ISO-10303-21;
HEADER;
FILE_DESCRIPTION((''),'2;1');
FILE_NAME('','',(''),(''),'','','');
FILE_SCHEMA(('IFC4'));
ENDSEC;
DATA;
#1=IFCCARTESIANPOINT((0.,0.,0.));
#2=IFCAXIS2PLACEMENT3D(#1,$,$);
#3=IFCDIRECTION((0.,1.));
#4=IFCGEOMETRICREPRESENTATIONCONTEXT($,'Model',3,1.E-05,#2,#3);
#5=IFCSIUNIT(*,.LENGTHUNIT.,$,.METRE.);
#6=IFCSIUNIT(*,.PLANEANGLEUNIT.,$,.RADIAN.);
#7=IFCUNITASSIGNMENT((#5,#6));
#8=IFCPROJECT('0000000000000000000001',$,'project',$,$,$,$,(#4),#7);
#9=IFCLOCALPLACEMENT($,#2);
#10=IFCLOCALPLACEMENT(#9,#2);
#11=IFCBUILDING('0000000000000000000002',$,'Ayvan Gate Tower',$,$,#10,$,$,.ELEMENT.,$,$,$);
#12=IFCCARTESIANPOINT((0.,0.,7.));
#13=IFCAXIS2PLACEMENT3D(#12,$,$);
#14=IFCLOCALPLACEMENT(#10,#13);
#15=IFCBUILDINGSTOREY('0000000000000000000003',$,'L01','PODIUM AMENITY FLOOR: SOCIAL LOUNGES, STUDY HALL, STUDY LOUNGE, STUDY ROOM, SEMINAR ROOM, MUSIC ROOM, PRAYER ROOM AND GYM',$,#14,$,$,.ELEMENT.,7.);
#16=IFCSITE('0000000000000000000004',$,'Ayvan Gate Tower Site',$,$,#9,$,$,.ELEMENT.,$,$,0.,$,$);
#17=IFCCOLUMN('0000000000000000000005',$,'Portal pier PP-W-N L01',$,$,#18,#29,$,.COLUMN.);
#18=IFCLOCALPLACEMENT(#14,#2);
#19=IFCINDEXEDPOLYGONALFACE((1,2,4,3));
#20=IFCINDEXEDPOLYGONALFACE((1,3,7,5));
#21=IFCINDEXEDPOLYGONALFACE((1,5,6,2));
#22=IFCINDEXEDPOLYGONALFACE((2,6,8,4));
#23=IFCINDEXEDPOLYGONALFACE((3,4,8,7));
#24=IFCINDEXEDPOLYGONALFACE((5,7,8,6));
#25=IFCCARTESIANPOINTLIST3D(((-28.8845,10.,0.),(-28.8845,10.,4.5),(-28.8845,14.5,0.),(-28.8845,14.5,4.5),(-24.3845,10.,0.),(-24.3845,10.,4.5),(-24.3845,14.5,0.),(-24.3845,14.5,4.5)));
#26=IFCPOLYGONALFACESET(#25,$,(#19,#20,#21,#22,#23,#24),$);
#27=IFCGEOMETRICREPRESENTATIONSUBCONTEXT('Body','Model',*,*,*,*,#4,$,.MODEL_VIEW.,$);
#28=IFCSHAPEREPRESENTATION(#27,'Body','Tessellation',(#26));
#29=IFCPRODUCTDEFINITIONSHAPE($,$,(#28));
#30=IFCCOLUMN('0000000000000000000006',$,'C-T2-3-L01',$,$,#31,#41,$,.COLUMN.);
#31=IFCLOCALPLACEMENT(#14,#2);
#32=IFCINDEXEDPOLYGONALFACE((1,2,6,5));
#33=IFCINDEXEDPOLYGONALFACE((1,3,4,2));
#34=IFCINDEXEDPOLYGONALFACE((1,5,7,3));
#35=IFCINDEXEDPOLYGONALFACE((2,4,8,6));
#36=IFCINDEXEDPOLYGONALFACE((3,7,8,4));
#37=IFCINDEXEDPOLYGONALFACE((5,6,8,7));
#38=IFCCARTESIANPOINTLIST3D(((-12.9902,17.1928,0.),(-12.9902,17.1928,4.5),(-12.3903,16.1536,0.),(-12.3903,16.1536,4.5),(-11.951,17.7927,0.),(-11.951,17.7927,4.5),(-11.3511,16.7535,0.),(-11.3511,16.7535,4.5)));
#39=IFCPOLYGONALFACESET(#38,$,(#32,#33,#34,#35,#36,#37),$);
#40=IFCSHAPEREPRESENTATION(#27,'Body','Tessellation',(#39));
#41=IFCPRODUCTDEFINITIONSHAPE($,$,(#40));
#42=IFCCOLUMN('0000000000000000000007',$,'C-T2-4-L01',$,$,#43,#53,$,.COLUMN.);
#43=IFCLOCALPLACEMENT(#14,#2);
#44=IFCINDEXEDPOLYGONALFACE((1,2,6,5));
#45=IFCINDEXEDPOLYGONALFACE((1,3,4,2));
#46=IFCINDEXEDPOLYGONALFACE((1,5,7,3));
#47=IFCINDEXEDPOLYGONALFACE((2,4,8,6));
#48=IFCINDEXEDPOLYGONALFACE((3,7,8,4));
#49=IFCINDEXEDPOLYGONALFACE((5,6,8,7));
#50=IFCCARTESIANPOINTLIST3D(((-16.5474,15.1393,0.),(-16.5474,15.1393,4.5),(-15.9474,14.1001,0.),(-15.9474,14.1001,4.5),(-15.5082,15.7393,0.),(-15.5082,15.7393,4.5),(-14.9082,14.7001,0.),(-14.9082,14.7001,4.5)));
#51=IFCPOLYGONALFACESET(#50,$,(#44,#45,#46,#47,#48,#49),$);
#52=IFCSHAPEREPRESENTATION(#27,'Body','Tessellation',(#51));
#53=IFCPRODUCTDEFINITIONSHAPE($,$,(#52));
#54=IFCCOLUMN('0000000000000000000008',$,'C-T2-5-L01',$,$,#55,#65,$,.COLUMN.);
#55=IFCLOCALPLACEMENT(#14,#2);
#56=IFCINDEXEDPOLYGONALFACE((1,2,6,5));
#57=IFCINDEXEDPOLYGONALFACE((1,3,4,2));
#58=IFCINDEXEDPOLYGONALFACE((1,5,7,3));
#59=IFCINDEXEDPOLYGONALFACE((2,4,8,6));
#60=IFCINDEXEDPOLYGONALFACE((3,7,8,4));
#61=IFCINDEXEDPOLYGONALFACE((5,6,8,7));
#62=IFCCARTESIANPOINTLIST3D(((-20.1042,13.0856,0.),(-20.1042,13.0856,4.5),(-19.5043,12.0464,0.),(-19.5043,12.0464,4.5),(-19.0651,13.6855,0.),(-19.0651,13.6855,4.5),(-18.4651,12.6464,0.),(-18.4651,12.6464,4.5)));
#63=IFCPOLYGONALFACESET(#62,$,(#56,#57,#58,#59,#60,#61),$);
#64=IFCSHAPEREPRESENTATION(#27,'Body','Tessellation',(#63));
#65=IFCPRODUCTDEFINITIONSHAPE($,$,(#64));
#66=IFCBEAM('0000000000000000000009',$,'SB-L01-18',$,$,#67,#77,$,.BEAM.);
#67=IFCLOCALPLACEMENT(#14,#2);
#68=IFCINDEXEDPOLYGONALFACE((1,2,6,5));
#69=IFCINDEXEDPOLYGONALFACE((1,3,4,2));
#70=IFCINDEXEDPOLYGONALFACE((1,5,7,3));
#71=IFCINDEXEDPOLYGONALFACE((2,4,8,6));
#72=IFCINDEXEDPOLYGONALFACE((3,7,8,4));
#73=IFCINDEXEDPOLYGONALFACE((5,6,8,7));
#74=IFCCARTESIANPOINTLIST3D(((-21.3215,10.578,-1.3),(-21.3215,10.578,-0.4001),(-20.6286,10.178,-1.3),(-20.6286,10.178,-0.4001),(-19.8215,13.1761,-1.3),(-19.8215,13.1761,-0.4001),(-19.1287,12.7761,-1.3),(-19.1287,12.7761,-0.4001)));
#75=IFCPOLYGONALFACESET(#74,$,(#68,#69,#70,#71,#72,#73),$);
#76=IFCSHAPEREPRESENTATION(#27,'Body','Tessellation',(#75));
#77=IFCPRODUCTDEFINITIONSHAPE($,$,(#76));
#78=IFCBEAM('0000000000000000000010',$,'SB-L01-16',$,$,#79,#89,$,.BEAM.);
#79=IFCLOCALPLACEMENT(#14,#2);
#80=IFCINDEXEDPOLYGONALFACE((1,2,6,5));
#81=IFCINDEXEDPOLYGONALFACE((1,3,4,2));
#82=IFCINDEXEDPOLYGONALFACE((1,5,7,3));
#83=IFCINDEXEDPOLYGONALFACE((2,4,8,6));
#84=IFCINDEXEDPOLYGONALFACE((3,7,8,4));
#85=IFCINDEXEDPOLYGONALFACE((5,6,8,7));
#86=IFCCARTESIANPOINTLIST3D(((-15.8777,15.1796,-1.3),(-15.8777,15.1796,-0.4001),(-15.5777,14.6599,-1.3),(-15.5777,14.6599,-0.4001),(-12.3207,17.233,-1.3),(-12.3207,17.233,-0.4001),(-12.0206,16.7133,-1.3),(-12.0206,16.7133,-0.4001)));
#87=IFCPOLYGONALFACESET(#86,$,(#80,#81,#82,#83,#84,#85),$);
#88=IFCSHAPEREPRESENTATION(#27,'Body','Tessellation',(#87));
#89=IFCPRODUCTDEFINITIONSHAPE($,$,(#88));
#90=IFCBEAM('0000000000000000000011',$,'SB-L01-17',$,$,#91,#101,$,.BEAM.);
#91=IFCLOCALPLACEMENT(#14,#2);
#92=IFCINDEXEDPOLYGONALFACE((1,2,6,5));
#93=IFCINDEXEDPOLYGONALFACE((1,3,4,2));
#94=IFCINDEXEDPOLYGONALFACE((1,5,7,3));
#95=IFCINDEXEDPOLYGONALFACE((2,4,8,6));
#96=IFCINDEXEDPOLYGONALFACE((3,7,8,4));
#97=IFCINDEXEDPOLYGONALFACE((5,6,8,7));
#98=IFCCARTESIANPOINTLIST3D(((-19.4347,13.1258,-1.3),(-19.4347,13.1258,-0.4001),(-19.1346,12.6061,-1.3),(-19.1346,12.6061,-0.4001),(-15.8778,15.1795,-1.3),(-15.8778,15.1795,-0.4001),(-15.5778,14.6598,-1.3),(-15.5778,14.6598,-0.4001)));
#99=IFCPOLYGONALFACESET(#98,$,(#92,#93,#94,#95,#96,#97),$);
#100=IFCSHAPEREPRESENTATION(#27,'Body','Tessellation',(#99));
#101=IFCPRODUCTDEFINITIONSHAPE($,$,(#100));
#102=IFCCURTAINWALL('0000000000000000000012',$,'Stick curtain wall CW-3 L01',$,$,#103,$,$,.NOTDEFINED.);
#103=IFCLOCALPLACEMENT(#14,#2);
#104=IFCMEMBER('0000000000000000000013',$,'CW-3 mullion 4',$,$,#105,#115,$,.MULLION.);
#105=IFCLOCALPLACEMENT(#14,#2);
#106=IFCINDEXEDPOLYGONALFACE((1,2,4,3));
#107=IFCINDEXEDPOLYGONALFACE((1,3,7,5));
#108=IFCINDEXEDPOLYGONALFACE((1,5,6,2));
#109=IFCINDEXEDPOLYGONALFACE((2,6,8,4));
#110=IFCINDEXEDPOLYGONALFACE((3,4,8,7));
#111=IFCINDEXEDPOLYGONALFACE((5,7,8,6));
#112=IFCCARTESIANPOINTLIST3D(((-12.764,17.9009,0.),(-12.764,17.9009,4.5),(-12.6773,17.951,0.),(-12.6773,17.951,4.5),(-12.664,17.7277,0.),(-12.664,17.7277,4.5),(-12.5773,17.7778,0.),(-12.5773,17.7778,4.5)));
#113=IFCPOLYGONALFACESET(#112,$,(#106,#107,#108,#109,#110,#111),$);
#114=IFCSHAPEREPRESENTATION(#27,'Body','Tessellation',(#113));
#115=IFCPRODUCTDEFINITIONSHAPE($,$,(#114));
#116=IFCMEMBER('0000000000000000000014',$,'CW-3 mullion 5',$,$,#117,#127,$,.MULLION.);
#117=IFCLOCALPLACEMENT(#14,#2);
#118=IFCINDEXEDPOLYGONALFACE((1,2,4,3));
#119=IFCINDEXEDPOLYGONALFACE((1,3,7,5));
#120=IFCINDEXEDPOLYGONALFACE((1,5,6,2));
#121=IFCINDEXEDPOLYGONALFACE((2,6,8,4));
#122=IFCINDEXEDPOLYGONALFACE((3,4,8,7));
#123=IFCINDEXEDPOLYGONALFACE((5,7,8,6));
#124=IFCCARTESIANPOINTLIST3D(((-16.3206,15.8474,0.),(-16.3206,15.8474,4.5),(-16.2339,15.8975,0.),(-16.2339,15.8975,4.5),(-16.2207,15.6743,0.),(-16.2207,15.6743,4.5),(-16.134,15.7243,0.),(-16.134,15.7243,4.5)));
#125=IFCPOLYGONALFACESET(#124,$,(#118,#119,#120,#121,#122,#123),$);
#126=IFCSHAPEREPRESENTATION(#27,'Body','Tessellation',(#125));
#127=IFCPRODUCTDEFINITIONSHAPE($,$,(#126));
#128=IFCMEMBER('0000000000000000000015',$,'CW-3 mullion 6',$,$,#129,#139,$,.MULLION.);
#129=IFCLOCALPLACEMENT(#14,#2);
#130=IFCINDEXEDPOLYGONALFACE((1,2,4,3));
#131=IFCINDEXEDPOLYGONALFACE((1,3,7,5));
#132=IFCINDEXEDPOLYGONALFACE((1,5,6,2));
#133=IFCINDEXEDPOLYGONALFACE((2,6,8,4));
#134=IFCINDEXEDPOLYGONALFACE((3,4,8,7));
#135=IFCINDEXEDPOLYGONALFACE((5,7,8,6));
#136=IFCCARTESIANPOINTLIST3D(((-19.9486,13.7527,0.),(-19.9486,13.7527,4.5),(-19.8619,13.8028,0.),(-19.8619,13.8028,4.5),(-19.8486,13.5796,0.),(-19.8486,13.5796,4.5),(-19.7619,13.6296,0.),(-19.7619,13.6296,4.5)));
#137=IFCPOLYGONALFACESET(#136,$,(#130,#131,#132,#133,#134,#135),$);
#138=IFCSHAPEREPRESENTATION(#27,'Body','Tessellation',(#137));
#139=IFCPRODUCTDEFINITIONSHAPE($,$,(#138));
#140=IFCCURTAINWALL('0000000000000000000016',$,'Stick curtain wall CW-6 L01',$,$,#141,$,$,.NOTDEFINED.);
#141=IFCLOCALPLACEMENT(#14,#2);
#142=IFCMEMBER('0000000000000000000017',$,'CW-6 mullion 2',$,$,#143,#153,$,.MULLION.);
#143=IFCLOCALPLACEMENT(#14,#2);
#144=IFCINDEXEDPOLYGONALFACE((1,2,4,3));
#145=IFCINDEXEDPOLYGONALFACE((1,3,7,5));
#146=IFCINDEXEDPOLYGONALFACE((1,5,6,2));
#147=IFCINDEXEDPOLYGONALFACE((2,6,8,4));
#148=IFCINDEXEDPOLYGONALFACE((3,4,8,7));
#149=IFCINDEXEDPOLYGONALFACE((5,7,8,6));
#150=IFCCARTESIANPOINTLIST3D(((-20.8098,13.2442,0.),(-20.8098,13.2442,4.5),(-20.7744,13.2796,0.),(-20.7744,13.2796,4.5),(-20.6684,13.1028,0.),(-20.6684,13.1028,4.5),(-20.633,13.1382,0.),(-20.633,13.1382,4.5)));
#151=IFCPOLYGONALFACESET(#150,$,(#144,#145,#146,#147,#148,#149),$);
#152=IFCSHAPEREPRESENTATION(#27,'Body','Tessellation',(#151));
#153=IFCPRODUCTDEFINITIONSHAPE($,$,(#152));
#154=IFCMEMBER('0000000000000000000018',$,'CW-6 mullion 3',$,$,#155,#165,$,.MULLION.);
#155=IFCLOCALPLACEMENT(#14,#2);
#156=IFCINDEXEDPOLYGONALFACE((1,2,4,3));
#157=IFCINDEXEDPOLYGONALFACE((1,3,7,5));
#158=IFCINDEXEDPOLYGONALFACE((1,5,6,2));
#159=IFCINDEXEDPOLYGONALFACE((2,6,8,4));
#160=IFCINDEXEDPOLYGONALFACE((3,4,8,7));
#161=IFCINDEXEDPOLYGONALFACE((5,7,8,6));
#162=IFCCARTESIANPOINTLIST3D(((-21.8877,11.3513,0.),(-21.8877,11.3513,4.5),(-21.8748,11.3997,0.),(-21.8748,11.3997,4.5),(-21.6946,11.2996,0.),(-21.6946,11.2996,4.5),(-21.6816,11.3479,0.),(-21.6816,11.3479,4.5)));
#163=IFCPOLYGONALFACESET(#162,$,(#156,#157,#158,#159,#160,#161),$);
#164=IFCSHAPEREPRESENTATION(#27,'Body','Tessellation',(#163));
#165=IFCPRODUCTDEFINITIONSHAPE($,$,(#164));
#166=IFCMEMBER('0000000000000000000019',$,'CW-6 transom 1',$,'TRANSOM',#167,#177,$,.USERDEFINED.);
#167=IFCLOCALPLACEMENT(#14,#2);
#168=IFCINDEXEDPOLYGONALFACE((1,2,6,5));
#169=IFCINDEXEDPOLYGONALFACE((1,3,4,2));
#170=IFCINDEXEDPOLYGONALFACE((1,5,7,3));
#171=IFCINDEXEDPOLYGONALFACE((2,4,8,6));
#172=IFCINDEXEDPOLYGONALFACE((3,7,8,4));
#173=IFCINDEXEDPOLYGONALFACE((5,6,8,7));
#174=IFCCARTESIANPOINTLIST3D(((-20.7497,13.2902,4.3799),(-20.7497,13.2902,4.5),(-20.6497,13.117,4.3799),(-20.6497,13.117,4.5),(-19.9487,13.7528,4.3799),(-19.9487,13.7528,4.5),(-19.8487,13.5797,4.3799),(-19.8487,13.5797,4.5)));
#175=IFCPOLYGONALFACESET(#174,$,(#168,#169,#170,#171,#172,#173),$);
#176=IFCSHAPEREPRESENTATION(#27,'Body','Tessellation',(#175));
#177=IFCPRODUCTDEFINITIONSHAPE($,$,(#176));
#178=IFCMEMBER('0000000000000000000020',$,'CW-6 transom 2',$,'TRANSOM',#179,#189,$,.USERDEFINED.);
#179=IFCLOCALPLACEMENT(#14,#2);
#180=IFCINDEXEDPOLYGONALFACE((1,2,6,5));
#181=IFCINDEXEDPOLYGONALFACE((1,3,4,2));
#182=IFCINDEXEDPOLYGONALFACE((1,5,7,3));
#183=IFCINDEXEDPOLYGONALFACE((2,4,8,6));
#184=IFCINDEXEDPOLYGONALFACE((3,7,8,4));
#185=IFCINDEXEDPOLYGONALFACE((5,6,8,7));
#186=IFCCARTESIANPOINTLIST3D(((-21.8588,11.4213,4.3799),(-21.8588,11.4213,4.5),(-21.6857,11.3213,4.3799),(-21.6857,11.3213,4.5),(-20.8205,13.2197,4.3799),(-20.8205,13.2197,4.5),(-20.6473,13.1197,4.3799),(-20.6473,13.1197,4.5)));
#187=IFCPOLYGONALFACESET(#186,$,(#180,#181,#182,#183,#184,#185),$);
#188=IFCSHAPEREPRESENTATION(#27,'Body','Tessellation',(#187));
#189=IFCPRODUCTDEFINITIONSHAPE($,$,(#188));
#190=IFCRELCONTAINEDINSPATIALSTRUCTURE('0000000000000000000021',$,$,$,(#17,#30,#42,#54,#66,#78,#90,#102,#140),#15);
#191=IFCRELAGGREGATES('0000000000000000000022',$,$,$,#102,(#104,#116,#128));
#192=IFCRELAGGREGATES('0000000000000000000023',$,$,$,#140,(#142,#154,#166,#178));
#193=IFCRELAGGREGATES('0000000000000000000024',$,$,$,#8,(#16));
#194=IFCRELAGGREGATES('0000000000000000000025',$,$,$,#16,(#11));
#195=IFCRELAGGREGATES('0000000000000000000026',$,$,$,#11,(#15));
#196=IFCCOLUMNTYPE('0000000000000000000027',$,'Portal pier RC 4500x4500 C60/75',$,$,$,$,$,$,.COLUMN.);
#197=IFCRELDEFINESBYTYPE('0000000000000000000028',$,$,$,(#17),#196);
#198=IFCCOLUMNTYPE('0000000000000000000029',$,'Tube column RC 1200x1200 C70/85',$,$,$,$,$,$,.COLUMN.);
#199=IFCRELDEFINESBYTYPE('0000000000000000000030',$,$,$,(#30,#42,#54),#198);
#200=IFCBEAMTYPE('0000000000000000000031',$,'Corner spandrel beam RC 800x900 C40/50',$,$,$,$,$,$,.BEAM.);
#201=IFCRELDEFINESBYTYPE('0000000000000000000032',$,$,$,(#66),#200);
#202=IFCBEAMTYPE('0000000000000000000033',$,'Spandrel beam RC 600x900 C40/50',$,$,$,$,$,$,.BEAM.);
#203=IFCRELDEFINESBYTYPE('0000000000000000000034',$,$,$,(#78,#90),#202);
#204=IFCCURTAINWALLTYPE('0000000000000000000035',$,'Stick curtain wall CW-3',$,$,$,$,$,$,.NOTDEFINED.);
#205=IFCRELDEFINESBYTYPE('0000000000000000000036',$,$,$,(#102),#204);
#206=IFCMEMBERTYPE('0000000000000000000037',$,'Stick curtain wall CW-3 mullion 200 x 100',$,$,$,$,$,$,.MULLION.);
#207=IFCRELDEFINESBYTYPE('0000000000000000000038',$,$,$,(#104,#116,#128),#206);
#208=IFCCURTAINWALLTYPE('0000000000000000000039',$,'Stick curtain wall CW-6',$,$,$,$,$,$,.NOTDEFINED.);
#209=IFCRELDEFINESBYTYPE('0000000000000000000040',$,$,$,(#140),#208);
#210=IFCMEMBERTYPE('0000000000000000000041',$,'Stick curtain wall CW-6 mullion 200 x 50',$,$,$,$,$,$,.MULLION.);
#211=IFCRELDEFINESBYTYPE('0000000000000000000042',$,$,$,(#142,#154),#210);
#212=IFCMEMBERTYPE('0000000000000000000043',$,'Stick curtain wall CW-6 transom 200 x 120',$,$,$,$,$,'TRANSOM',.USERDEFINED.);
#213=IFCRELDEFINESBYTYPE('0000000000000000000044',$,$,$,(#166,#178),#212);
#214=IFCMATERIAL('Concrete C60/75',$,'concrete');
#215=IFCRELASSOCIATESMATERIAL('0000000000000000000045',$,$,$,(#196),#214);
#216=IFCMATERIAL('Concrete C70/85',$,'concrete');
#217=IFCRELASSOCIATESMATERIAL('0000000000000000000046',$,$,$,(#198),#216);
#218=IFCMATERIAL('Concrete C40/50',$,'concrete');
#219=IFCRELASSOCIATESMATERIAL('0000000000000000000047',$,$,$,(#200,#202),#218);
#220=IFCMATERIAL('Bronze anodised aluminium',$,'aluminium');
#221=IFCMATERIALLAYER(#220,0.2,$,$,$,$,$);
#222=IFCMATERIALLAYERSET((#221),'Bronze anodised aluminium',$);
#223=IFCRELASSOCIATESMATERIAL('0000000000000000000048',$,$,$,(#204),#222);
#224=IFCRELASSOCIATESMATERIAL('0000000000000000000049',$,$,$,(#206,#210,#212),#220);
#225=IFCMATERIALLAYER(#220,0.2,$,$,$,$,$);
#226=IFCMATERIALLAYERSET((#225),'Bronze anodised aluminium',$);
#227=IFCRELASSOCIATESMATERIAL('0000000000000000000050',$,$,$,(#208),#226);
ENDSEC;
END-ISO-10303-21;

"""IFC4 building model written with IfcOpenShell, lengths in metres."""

from ifc_helpers import new_model, si_unit, direction, frame, origin, origin_2d, place, context, subcontext, project, spatial, rectangle, extrude, material, layer, layer_set, material_profile, profile_set, type_object, element, aggregate, save


model = new_model("IFC4")

# Units and contexts
model_context = context("Model", 3, precision=1e-05, world=origin(), true_north=direction((0.0, 1.0)))
body_context = subcontext(model_context, "Body", "Model", "MODEL_VIEW")
ifc_project = project(units=[si_unit("LENGTHUNIT", "METRE"), si_unit("PLANEANGLEUNIT", "RADIAN")], contexts=[model_context])

# Site, building, storey
site_placement = place(None, origin())
site = spatial("IfcSite", under=ifc_project, at=site_placement, Name="Ayvan Gate Tower Site", CompositionType="ELEMENT", RefElevation=0.0)
building_placement = place(site_placement, origin())
building = spatial("IfcBuilding", under=site, at=building_placement, Name="Ayvan Gate Tower", CompositionType="ELEMENT")
storey_placement = place(building_placement, frame((0.0, 0.0, 7.0)))
storey = spatial("IfcBuildingStorey", under=building, at=storey_placement, Name="L01", Description="PODIUM AMENITY FLOOR: SOCIAL LOUNGES, STUDY HALL, STUDY LOUNGE, STUDY ROOM, SEMINAR ROOM, MUSIC ROOM, PRAYER ROOM AND GYM", CompositionType="ELEMENT", Elevation=7.0)

# Columns
ifc_material_1 = material(Name="Concrete C60/75", Category="concrete")
ifc_material_profile_1 = material_profile(ifc_material_1, rectangle(XDim=4.5, YDim=4.5, at=origin_2d()), Name="RC 4500x4500")
ifc_profile_set_1 = profile_set([ifc_material_profile_1], Name="Concrete C60/75")
column_type_1 = type_object("IfcColumnType", Name="Portal pier RC 4500x4500 C60/75", PredefinedType="COLUMN", material=ifc_profile_set_1)
column_placement = place(storey_placement, frame((-26.6345, 12.25, 0.0), z_axis=(0.0, 0.0, 1.0), x_axis=(-1.0, 0.0, 0.0)))
element("IfcColumn", 1, at=column_placement, inside=storey, type_object=column_type_1, Name="Portal pier PP-W-N L01", PredefinedType="COLUMN", context=body_context, shape_type="SweptSolid", body=[
    extrude(rectangle(XDim=4.5, YDim=4.5, at=origin_2d()), origin(), (0.0, 0.0, 1.0), 4.5),
])
ifc_material_2 = material(Name="Concrete C70/85", Category="concrete")
ifc_material_profile_2 = material_profile(ifc_material_2, rectangle(XDim=1.2, YDim=1.2, at=origin_2d()), Name="RC 1200x1200")
ifc_profile_set_2 = profile_set([ifc_material_profile_2], Name="Concrete C70/85")
column_type_2 = type_object("IfcColumnType", Name="Tube column RC 1200x1200 C70/85", PredefinedType="COLUMN", material=ifc_profile_set_2)
for number, where, z_axis, x_axis, name in (
    (2, (-12.1707, 16.9731, 0.0), (0.0, 0.0, 1.0), (-0.5, 0.866025, 0.0), "C-T2-3-L01"),
    (3, (-15.7278, 14.9197, 0.0), (0.0, 0.0, 1.0), (-0.5, 0.866025, 0.0), "C-T2-4-L01"),
    (4, (-19.2847, 12.866, 0.0), (0.0, 0.0, 1.0), (-0.5, 0.866025, 0.0), "C-T2-5-L01"),
):
    element("IfcColumn", number, at=place(storey_placement, frame(where, z_axis=z_axis, x_axis=x_axis)), inside=storey, type_object=column_type_2, Name=name, PredefinedType="COLUMN", context=body_context, shape_type="SweptSolid", body=[
        extrude(rectangle(XDim=1.2, YDim=1.2, at=origin_2d()), origin(), (0.0, 0.0, 1.0), 4.5),
    ])

# Beams
ifc_material_3 = material(Name="Concrete C40/50", Category="concrete")
ifc_material_profile_3 = material_profile(ifc_material_3, rectangle(XDim=0.8, YDim=0.8999, at=origin_2d()), Name="RC 800x900")
ifc_profile_set_3 = profile_set([ifc_material_profile_3], Name="Concrete C40/50")
beam_type_1 = type_object("IfcBeamType", Name="Corner spandrel beam RC 800x900 C40/50", PredefinedType="BEAM", material=ifc_profile_set_3)
beam_placement = place(storey_placement, frame((-19.4751, 12.9761, -0.8501), z_axis=(-0.49999, -0.866031, 0.0), x_axis=(0.866031, -0.49999, 0.0)))
element("IfcBeam", 5, at=beam_placement, inside=storey, type_object=beam_type_1, Name="SB-L01-18", PredefinedType="BEAM", context=body_context, shape_type="SweptSolid", body=[
    extrude(rectangle(XDim=0.8, YDim=0.8999, at=origin_2d()), origin(), (0.0, 0.0, 1.0), 3.0),
])
ifc_material_profile_4 = material_profile(ifc_material_3, rectangle(XDim=0.6001, YDim=0.8999, at=origin_2d()), Name="RC 600x900")
ifc_profile_set_4 = profile_set([ifc_material_profile_4], Name="Concrete C40/50")
beam_type_2 = type_object("IfcBeamType", Name="Spandrel beam RC 600x900 C40/50", PredefinedType="BEAM", material=ifc_profile_set_4)
for number, where, z_axis, x_axis, name in (
    (6, (-12.1707, 16.9731, -0.8501), (-0.866051, -0.499956, 0.0), (0.499956, -0.866051, 0.0), "SB-L01-16"),
    (7, (-15.7278, 14.9197, -0.8501), (-0.86601, -0.500026, 0.0), (0.500026, -0.86601, 0.0), "SB-L01-17"),
):
    element("IfcBeam", number, at=place(storey_placement, frame(where, z_axis=z_axis, x_axis=x_axis)), inside=storey, type_object=beam_type_2, Name=name, PredefinedType="BEAM", context=body_context, shape_type="SweptSolid", body=[
        extrude(rectangle(XDim=0.6001, YDim=0.8999, at=origin_2d()), origin(), (0.0, 0.0, 1.0), 4.1072),
    ])

# Curtain walls, members
ifc_material_4 = material(Name="Bronze anodised aluminium", Category="aluminium")
ifc_layer_1 = layer(ifc_material_4, 0.2)
ifc_layer_set_1 = layer_set([ifc_layer_1], Name="Bronze anodised aluminium")
curtain_wall_type_1 = type_object("IfcCurtainWallType", Name="Stick curtain wall CW-3", PredefinedType="NOTDEFINED", material=ifc_layer_set_1)
curtain_wall_1_placement = place(storey_placement, origin())
curtain_wall_1 = element("IfcCurtainWall", 8, at=curtain_wall_1_placement, inside=storey, type_object=curtain_wall_type_1, Name="Stick curtain wall CW-3 L01", PredefinedType="NOTDEFINED")
ifc_material_profile_5 = material_profile(ifc_material_4, rectangle(XDim=0.2, YDim=0.1001, at=origin_2d()), Name="Stick curtain wall CW-3 mullion 200 x 100")
ifc_profile_set_5 = profile_set([ifc_material_profile_5], Name="Bronze anodised aluminium")
member_type_1 = type_object("IfcMemberType", Name="Stick curtain wall CW-3 mullion 200 x 100", PredefinedType="MULLION", material=ifc_profile_set_5)
member_1_placement = place(storey_placement, frame((-12.6707, 17.8394, 0.0), z_axis=(0.0, 0.0, 1.0), x_axis=(-0.5, 0.866025, 0.0)))
member_1 = element("IfcMember", 9, at=member_1_placement, type_object=member_type_1, Name="CW-3 mullion 4", PredefinedType="MULLION", context=body_context, shape_type="SweptSolid", body=[
    extrude(rectangle(XDim=0.2, YDim=0.1001, at=origin_2d()), origin(), (0.0, 0.0, 1.0), 4.5),
])
member_2_placement = place(storey_placement, frame((-16.2273, 15.7859, 0.0), z_axis=(0.0, 0.0, 1.0), x_axis=(-0.5, 0.866025, 0.0)))
member_2 = element("IfcMember", 10, at=member_2_placement, type_object=member_type_1, Name="CW-3 mullion 5", PredefinedType="MULLION", context=body_context, shape_type="SweptSolid", body=[
    extrude(rectangle(XDim=0.2, YDim=0.1001, at=origin_2d()), origin(), (0.0, 0.0, 1.0), 4.5),
])
member_3_placement = place(storey_placement, frame((-19.8552, 13.6912, 0.0), z_axis=(0.0, 0.0, 1.0), x_axis=(-0.5, 0.866025, 0.0)))
member_3 = element("IfcMember", 11, at=member_3_placement, type_object=member_type_1, Name="CW-3 mullion 6", PredefinedType="MULLION", context=body_context, shape_type="SweptSolid", body=[
    extrude(rectangle(XDim=0.2, YDim=0.1001, at=origin_2d()), origin(), (0.0, 0.0, 1.0), 4.5),
])
ifc_layer_2 = layer(ifc_material_4, 0.2)
ifc_layer_set_2 = layer_set([ifc_layer_2], Name="Bronze anodised aluminium")
curtain_wall_type_2 = type_object("IfcCurtainWallType", Name="Stick curtain wall CW-6", PredefinedType="NOTDEFINED", material=ifc_layer_set_2)
curtain_wall_2_placement = place(storey_placement, origin())
curtain_wall_2 = element("IfcCurtainWall", 12, at=curtain_wall_2_placement, inside=storey, type_object=curtain_wall_type_2, Name="Stick curtain wall CW-6 L01", PredefinedType="NOTDEFINED")
ifc_material_profile_6 = material_profile(ifc_material_4, rectangle(XDim=0.2, YDim=0.05, at=origin_2d()), Name="Stick curtain wall CW-6 mullion 200 x 50")
ifc_profile_set_6 = profile_set([ifc_material_profile_6], Name="Bronze anodised aluminium")
member_type_2 = type_object("IfcMemberType", Name="Stick curtain wall CW-6 mullion 200 x 50", PredefinedType="MULLION", material=ifc_profile_set_6)
member_4_placement = place(storey_placement, frame((-20.7214, 13.1912, 0.0), z_axis=(0.0, 0.0, 1.0), x_axis=(-0.707107, 0.707107, 0.0)))
member_4 = element("IfcMember", 13, at=member_4_placement, type_object=member_type_2, Name="CW-6 mullion 2", PredefinedType="MULLION", context=body_context, shape_type="SweptSolid", body=[
    extrude(rectangle(XDim=0.2, YDim=0.05, at=origin_2d()), origin(), (0.0, 0.0, 1.0), 4.5),
])
member_5_placement = place(storey_placement, frame((-21.7847, 11.3496, 0.0), z_axis=(0.0, 0.0, 1.0), x_axis=(-0.965926, 0.258819, 0.0)))
member_5 = element("IfcMember", 14, at=member_5_placement, type_object=member_type_2, Name="CW-6 mullion 3", PredefinedType="MULLION", context=body_context, shape_type="SweptSolid", body=[
    extrude(rectangle(XDim=0.2, YDim=0.05, at=origin_2d()), origin(), (0.0, 0.0, 1.0), 4.5),
])
ifc_material_profile_7 = material_profile(ifc_material_4, rectangle(XDim=0.2, YDim=0.1201, at=origin_2d()), Name="Stick curtain wall CW-6 transom 200 x 120")
ifc_profile_set_7 = profile_set([ifc_material_profile_7], Name="Bronze anodised aluminium")
member_type_3 = type_object("IfcMemberType", Name="Stick curtain wall CW-6 transom 200 x 120", ElementType="TRANSOM", PredefinedType="USERDEFINED", material=ifc_profile_set_7)
member_6_placement = place(storey_placement, frame((-19.8987, 13.6663, 4.4399), z_axis=(-0.865944, -0.500141, 0.0), x_axis=(0.500141, -0.865944, 0.0)))
member_6 = element("IfcMember", 15, at=member_6_placement, type_object=member_type_3, Name="CW-6 transom 1", ObjectType="TRANSOM", PredefinedType="USERDEFINED", context=body_context, shape_type="SweptSolid", body=[
    extrude(rectangle(XDim=0.2, YDim=0.1201, at=origin_2d()), origin(), (0.0, 0.0, 1.0), 0.925),
])
member_7_placement = place(storey_placement, frame((-20.7339, 13.1697, 4.4399), z_axis=(-0.500021, -0.866013, 0.0), x_axis=(0.866013, -0.500021, 0.0)))
member_7 = element("IfcMember", 16, at=member_7_placement, type_object=member_type_3, Name="CW-6 transom 2", ObjectType="TRANSOM", PredefinedType="USERDEFINED", context=body_context, shape_type="SweptSolid", body=[
    extrude(rectangle(XDim=0.2, YDim=0.1201, at=origin_2d()), origin(), (0.0, 0.0, 1.0), 2.0767),
])

aggregate(curtain_wall_1, [member_1, member_2, member_3])
aggregate(curtain_wall_2, [member_4, member_5, member_6, member_7])

save(model, "model.ifc")
